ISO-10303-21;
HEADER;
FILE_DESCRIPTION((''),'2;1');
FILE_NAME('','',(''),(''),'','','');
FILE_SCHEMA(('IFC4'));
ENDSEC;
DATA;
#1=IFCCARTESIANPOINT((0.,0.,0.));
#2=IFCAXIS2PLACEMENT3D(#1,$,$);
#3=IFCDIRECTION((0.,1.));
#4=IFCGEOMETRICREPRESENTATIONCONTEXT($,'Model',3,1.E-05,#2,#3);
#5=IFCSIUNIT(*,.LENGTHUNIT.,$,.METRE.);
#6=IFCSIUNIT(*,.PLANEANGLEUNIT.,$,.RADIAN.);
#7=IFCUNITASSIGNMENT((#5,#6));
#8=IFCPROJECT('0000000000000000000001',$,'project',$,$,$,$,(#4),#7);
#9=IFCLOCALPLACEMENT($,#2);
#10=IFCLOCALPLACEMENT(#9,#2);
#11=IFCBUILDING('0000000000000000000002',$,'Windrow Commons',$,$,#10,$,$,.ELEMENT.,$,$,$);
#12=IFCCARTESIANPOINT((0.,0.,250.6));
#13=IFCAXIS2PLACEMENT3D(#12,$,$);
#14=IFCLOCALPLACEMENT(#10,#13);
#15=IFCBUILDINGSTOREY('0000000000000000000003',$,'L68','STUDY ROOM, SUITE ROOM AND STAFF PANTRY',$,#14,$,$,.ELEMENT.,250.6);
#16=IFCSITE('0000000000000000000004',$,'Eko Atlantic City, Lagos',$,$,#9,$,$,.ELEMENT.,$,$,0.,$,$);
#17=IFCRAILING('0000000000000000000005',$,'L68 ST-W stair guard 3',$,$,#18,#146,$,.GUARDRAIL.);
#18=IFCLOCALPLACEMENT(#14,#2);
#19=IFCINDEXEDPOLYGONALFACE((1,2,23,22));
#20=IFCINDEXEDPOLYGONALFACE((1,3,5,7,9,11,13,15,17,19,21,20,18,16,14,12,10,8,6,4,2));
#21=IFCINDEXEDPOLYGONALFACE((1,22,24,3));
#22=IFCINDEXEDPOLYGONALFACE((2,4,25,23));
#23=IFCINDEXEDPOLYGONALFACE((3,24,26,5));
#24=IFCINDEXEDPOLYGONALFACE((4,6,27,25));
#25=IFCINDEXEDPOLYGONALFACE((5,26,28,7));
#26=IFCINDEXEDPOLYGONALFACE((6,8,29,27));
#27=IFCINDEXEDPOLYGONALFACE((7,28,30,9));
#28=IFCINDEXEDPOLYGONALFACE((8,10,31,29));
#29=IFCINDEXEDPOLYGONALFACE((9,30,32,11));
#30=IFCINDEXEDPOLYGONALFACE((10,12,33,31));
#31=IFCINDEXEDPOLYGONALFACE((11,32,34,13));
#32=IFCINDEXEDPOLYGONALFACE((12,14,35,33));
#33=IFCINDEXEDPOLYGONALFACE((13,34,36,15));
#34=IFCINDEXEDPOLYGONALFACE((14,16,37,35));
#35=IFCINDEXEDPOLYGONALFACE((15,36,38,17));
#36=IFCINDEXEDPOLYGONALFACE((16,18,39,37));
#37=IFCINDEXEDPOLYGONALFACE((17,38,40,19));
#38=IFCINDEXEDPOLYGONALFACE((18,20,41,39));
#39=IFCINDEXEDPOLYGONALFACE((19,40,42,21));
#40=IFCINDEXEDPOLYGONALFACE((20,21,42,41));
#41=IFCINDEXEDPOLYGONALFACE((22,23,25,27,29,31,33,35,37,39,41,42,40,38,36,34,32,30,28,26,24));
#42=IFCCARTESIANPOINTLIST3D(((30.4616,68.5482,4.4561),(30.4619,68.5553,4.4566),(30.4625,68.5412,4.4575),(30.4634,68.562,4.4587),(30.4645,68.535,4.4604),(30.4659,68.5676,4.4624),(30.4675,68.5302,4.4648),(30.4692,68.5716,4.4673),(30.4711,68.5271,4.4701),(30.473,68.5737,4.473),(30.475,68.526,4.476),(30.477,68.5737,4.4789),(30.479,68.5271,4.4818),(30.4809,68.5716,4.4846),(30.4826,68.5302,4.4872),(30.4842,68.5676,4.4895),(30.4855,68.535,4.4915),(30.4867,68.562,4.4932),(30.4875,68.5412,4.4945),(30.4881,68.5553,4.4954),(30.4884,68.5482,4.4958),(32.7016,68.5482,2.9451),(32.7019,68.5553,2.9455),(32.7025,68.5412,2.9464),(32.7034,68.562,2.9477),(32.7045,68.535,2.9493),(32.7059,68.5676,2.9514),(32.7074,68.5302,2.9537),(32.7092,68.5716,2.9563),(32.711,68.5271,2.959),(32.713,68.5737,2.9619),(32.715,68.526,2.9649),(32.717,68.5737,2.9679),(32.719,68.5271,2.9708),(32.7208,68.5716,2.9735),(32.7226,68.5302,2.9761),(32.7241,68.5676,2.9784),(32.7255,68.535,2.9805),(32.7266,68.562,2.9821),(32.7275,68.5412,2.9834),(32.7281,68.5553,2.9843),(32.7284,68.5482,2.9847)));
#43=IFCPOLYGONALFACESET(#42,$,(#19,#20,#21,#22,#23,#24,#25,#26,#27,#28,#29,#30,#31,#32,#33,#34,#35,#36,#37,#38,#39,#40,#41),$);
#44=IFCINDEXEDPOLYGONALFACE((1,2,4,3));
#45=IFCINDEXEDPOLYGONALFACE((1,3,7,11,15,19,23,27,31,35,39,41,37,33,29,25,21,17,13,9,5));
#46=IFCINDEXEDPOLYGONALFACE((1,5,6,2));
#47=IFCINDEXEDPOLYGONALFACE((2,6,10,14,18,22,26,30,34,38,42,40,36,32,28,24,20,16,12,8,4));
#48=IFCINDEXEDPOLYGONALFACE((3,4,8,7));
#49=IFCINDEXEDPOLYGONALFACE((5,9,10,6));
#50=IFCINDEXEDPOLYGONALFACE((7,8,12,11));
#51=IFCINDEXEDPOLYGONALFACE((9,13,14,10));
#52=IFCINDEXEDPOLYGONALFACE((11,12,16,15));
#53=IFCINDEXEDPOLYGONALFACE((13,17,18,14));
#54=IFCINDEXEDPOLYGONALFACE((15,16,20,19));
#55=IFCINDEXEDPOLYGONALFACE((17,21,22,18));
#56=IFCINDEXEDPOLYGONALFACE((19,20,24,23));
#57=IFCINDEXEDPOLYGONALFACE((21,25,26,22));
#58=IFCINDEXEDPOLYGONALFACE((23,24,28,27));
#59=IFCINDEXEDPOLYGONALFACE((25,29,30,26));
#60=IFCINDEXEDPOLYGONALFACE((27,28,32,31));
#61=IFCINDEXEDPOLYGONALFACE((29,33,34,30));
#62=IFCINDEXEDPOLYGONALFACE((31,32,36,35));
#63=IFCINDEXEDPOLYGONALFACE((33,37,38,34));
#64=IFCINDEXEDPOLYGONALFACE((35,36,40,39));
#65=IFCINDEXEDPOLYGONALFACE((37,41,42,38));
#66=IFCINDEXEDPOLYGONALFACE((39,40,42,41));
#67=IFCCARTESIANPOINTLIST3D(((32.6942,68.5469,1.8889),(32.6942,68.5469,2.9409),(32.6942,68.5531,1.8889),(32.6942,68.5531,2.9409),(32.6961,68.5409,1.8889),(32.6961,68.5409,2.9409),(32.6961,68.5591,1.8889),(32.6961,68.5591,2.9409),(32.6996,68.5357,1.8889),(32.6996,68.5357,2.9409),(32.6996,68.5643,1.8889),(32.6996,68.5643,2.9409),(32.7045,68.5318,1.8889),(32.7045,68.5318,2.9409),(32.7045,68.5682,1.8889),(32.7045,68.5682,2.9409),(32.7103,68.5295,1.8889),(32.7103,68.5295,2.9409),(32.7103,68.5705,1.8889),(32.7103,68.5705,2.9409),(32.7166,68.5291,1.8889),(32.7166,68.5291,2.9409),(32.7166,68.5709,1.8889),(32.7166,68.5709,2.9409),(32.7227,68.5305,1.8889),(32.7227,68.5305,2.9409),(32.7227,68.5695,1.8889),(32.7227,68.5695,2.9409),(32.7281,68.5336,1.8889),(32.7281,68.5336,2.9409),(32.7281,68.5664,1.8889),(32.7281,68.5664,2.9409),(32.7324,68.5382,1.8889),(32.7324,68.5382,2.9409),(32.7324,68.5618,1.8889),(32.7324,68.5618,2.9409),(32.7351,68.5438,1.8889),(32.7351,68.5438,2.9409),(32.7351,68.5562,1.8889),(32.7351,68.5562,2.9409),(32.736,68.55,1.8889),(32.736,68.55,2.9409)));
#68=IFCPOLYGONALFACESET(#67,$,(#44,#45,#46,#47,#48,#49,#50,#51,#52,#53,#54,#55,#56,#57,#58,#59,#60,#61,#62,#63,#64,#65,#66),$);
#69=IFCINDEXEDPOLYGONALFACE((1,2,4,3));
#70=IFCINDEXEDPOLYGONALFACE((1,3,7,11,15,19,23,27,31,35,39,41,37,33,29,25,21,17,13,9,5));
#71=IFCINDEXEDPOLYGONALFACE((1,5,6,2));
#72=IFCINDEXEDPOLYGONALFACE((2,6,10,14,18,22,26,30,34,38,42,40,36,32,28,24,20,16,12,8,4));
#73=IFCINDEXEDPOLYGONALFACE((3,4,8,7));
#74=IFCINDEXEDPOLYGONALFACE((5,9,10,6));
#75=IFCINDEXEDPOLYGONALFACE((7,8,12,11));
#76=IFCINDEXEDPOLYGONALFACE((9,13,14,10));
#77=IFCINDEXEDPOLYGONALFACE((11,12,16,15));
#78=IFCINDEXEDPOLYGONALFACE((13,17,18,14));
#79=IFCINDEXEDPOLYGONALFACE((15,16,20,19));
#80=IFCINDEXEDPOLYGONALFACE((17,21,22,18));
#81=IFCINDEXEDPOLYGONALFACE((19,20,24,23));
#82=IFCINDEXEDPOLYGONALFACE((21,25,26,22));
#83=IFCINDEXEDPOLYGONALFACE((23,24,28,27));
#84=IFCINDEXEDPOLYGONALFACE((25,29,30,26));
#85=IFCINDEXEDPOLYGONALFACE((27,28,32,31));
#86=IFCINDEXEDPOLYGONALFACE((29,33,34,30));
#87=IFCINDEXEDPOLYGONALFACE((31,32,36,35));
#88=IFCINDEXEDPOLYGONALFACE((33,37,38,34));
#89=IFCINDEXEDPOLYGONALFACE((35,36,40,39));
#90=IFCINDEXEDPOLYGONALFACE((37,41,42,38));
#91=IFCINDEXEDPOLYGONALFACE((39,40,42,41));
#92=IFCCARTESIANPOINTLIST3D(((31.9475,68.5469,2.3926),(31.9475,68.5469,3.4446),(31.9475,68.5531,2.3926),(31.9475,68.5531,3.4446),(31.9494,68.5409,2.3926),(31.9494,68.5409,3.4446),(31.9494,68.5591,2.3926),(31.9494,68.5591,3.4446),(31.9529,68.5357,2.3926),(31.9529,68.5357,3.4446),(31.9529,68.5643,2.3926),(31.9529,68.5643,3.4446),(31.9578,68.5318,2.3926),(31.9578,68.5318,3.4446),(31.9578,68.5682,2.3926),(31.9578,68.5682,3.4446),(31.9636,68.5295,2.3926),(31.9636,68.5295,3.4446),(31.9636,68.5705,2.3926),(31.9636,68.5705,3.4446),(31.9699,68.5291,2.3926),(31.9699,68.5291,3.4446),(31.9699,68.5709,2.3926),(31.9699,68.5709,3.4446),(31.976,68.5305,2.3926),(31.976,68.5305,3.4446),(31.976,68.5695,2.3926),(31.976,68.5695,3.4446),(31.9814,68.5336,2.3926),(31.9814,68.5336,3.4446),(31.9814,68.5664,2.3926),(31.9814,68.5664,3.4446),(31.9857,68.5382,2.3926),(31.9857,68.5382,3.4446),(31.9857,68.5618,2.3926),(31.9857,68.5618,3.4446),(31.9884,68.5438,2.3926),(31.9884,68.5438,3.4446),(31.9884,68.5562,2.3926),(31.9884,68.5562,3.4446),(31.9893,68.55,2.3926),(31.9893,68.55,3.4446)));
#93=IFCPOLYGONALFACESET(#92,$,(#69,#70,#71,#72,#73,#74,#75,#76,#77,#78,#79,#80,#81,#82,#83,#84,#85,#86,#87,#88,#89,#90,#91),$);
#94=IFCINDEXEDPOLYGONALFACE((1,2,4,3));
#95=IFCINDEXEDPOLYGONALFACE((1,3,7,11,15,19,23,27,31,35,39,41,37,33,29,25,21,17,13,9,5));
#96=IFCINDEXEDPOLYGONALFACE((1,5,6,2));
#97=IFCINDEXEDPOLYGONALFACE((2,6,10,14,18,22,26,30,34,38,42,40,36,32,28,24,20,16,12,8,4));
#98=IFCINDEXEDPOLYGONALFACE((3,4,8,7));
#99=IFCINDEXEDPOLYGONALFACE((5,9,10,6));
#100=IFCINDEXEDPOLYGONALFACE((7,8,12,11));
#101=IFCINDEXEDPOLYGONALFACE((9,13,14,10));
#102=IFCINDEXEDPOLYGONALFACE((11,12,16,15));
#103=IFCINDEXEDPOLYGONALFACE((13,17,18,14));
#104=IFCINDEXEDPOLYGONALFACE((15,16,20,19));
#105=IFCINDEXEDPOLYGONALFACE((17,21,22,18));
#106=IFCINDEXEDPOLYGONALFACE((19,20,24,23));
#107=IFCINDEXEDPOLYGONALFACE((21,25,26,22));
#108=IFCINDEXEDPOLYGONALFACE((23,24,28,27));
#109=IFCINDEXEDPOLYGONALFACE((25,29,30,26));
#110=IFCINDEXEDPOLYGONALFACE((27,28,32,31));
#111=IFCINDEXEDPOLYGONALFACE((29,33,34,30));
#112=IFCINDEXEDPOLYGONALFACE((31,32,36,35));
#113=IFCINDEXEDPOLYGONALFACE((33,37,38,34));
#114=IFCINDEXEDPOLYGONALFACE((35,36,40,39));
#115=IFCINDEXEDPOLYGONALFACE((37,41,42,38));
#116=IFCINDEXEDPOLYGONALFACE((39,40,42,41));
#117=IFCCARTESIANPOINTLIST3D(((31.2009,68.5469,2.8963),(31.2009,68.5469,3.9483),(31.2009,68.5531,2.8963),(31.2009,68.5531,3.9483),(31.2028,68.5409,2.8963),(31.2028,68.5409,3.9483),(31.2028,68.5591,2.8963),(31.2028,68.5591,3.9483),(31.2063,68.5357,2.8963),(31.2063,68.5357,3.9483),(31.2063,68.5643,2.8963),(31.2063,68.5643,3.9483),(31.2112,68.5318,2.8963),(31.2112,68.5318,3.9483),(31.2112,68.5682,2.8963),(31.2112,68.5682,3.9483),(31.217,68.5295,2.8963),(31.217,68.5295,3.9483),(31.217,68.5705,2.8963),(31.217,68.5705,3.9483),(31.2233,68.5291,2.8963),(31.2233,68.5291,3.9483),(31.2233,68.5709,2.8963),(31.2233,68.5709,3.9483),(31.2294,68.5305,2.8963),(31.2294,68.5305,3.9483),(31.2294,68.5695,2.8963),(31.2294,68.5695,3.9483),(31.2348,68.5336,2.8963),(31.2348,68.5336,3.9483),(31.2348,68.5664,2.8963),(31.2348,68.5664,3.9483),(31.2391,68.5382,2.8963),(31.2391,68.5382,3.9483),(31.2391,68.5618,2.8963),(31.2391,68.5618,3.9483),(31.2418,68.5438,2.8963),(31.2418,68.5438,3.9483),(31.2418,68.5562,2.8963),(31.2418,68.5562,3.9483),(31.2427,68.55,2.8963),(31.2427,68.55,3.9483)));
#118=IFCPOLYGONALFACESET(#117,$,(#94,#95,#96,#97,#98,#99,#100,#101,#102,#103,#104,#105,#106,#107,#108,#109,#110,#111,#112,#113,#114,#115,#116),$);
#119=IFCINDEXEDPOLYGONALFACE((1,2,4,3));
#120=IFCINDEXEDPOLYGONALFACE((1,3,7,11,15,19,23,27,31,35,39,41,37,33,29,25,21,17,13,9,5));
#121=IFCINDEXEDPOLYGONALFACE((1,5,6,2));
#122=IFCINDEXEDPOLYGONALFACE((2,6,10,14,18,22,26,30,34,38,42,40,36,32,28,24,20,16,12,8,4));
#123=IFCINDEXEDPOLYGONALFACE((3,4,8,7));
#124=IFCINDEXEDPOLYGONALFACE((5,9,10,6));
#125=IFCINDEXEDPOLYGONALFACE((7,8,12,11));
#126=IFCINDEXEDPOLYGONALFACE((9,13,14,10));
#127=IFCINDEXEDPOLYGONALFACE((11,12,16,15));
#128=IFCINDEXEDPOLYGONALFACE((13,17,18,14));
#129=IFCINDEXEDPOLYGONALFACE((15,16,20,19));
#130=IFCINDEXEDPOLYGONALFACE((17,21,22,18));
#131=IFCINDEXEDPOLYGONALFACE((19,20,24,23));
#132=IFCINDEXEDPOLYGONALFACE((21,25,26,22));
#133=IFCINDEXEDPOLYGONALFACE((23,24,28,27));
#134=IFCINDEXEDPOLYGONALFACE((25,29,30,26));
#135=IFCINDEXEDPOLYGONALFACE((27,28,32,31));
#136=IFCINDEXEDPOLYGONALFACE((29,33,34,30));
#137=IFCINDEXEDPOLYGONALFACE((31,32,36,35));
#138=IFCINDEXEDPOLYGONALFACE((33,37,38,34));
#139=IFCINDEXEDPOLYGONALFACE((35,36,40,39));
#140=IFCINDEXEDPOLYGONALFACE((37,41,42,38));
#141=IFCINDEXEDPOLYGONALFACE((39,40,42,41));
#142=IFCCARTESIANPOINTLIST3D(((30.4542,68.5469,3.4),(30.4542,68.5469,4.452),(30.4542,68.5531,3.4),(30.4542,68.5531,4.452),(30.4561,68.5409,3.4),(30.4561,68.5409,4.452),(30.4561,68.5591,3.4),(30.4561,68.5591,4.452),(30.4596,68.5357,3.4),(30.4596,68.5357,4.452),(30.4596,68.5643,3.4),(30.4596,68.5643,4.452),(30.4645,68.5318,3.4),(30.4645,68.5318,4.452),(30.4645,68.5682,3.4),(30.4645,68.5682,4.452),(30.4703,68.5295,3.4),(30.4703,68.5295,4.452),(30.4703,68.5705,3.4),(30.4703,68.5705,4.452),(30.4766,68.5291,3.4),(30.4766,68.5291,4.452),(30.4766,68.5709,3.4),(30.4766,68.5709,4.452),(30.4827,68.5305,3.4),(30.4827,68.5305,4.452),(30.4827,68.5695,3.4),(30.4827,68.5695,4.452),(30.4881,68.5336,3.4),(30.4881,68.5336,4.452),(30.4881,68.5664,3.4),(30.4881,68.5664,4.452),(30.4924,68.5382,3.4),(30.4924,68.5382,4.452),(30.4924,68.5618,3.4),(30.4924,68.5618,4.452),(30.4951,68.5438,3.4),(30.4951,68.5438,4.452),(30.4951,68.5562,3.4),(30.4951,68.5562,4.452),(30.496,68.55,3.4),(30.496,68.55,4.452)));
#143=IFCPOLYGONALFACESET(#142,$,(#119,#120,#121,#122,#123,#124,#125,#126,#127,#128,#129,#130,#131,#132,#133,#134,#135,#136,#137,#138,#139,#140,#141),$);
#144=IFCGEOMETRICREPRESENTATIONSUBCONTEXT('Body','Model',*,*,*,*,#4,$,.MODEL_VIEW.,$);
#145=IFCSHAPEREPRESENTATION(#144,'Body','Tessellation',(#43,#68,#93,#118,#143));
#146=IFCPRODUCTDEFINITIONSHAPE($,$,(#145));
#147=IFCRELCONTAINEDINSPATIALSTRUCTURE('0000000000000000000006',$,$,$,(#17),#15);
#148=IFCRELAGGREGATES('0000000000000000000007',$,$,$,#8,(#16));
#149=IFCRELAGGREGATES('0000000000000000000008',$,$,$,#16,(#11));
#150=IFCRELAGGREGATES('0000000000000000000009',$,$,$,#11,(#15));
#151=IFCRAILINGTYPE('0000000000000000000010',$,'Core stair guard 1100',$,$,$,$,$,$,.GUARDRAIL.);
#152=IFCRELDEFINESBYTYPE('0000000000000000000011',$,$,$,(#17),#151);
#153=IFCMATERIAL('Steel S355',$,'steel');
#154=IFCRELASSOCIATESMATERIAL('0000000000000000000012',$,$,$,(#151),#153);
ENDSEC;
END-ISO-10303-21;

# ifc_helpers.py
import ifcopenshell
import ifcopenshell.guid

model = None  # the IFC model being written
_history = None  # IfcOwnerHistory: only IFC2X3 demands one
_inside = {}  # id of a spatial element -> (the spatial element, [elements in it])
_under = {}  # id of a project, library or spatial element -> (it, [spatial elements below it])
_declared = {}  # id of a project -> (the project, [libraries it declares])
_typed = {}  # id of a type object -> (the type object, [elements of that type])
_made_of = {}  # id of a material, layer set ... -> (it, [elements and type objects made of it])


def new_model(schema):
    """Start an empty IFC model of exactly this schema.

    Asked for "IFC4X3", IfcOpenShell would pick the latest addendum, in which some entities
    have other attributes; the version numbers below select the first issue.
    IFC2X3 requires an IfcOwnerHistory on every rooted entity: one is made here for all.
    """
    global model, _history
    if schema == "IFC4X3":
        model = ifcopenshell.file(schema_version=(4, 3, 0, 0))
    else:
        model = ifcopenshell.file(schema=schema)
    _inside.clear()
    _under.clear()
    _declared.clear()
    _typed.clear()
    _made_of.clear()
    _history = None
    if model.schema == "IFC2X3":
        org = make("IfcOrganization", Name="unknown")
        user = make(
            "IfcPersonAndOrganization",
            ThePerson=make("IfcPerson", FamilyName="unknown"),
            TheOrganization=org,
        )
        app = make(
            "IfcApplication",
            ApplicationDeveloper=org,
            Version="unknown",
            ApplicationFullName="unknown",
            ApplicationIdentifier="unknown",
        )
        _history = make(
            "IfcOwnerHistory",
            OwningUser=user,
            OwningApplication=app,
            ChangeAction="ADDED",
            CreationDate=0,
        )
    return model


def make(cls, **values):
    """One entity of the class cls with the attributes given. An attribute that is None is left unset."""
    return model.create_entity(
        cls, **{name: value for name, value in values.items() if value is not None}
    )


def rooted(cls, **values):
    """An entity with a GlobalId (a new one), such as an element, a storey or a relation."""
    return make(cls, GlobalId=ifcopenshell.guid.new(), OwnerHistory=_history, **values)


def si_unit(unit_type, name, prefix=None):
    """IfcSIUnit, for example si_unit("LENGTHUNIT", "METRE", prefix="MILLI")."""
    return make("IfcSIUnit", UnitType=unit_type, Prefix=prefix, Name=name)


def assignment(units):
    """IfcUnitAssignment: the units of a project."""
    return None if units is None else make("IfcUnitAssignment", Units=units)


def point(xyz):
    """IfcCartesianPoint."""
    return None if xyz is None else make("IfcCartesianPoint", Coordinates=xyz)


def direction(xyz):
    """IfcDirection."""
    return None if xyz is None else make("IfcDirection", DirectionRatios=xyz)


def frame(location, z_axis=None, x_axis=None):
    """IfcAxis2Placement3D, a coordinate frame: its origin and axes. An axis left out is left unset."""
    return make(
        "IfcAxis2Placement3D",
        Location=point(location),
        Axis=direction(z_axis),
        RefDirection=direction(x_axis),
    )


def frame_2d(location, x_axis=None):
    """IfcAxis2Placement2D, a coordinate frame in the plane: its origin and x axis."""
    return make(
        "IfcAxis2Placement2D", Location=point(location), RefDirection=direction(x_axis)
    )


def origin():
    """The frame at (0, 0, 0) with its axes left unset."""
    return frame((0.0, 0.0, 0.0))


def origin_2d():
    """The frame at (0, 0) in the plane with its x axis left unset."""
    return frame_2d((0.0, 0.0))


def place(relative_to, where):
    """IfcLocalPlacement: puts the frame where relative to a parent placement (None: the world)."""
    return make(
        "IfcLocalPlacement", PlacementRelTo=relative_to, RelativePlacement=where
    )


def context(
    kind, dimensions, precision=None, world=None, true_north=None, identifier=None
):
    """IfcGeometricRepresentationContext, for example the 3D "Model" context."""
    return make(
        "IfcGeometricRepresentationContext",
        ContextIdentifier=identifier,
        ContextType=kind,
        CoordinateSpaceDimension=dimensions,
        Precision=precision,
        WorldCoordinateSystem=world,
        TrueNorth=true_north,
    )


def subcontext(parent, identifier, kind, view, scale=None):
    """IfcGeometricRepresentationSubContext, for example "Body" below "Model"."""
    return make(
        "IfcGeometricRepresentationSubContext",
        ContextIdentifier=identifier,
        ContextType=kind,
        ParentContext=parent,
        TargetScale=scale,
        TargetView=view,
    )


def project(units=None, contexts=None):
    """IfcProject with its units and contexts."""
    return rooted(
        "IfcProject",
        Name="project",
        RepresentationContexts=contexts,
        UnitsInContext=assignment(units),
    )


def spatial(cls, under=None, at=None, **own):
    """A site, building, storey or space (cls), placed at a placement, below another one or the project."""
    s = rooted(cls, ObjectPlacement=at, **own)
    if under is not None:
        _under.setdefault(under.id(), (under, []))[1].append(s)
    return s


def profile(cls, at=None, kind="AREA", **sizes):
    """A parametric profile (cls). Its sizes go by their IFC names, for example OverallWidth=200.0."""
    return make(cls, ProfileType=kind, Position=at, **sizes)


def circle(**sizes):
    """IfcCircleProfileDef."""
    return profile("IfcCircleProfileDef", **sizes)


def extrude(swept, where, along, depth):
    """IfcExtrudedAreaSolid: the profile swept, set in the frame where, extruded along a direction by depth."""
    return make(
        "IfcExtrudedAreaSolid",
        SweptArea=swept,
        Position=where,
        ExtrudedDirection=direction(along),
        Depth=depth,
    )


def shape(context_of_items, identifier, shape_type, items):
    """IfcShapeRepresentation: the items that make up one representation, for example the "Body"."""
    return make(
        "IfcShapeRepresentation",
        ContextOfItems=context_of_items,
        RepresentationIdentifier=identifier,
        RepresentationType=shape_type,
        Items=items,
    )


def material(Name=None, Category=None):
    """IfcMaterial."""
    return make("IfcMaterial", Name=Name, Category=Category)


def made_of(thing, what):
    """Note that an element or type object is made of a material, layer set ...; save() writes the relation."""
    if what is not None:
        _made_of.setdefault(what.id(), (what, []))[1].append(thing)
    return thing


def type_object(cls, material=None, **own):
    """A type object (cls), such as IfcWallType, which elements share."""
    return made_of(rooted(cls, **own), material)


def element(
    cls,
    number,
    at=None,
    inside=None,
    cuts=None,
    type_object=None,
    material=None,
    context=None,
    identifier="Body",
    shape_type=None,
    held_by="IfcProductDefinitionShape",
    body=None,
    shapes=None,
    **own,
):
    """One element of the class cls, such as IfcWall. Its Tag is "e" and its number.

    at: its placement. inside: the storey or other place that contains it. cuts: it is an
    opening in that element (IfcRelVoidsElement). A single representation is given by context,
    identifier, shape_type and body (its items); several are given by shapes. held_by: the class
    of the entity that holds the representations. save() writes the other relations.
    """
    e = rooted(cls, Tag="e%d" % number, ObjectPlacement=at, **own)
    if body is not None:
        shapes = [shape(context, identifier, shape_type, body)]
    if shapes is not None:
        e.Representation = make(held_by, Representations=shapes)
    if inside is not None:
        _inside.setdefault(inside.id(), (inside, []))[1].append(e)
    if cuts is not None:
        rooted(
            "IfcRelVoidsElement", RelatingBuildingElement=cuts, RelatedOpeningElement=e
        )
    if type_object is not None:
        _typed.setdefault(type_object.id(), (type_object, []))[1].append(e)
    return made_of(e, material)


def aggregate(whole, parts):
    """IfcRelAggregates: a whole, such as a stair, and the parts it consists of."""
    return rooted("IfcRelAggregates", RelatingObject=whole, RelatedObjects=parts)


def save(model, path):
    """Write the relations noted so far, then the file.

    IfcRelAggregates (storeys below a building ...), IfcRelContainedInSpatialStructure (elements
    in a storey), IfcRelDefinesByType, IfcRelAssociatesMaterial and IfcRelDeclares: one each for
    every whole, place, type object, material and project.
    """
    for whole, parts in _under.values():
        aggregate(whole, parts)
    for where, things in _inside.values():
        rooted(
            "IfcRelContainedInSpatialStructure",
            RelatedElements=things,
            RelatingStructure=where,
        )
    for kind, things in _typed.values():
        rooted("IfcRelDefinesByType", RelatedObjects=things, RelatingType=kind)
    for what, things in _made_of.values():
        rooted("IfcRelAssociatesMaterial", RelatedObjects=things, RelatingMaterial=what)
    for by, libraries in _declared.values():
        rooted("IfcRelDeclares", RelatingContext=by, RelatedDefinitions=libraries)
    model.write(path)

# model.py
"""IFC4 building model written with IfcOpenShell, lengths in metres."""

from ifc_helpers import new_model, si_unit, direction, frame, origin, origin_2d, place, context, subcontext, project, spatial, circle, extrude, material, type_object, element, save


model = new_model("IFC4")

# Units and contexts
model_context = context("Model", 3, precision=1e-05, world=origin(), true_north=direction((0.0, 1.0)))
body_context = subcontext(model_context, "Body", "Model", "MODEL_VIEW")
ifc_project = project(units=[si_unit("LENGTHUNIT", "METRE"), si_unit("PLANEANGLEUNIT", "RADIAN")], contexts=[model_context])

# Site, building, storey
site_placement = place(None, origin())
site = spatial("IfcSite", under=ifc_project, at=site_placement, Name="Eko Atlantic City, Lagos", CompositionType="ELEMENT", RefElevation=0.0)
building_placement = place(site_placement, origin())
building = spatial("IfcBuilding", under=site, at=building_placement, Name="Windrow Commons", CompositionType="ELEMENT")
storey_placement = place(building_placement, frame((0.0, 0.0, 250.6)))
storey = spatial("IfcBuildingStorey", under=building, at=storey_placement, Name="L68", Description="STUDY ROOM, SUITE ROOM AND STAFF PANTRY", CompositionType="ELEMENT", Elevation=250.6)

# Railing
ifc_material_1 = material(Name="Steel S355", Category="steel")
railing_type_1 = type_object("IfcRailingType", Name="Core stair guard 1100", PredefinedType="GUARDRAIL", material=ifc_material_1)
railing_1_placement = place(storey_placement, frame((32.715, 68.55, 1.8889)))
element("IfcRailing", 1, at=railing_1_placement, inside=storey, type_object=railing_type_1, Name="L68 ST-W stair guard 3", PredefinedType="GUARDRAIL", context=body_context, shape_type="SweptSolid", body=[
    extrude(circle(Radius=0.024, at=origin_2d()), frame((0.0, 0.0, 1.076), z_axis=(-0.829003, 0.0, 0.559244), x_axis=(0.0, -1.0, 0.0)), (0.0, 0.0, 1.0), 2.702),
    extrude(circle(Radius=0.021, at=origin_2d()), origin(), (0.0, 0.0, 1.0), 1.052),
    extrude(circle(Radius=0.021, at=origin_2d()), frame((-0.7467, 0.0, 0.5037)), (0.0, 0.0, 1.0), 1.052),
    extrude(circle(Radius=0.021, at=origin_2d()), frame((-1.4933, 0.0, 1.0074)), (0.0, 0.0, 1.0), 1.052),
    extrude(circle(Radius=0.021, at=origin_2d()), frame((-2.24, 0.0, 1.5111)), (0.0, 0.0, 1.0), 1.052),
])

save(model, "model.ifc")
